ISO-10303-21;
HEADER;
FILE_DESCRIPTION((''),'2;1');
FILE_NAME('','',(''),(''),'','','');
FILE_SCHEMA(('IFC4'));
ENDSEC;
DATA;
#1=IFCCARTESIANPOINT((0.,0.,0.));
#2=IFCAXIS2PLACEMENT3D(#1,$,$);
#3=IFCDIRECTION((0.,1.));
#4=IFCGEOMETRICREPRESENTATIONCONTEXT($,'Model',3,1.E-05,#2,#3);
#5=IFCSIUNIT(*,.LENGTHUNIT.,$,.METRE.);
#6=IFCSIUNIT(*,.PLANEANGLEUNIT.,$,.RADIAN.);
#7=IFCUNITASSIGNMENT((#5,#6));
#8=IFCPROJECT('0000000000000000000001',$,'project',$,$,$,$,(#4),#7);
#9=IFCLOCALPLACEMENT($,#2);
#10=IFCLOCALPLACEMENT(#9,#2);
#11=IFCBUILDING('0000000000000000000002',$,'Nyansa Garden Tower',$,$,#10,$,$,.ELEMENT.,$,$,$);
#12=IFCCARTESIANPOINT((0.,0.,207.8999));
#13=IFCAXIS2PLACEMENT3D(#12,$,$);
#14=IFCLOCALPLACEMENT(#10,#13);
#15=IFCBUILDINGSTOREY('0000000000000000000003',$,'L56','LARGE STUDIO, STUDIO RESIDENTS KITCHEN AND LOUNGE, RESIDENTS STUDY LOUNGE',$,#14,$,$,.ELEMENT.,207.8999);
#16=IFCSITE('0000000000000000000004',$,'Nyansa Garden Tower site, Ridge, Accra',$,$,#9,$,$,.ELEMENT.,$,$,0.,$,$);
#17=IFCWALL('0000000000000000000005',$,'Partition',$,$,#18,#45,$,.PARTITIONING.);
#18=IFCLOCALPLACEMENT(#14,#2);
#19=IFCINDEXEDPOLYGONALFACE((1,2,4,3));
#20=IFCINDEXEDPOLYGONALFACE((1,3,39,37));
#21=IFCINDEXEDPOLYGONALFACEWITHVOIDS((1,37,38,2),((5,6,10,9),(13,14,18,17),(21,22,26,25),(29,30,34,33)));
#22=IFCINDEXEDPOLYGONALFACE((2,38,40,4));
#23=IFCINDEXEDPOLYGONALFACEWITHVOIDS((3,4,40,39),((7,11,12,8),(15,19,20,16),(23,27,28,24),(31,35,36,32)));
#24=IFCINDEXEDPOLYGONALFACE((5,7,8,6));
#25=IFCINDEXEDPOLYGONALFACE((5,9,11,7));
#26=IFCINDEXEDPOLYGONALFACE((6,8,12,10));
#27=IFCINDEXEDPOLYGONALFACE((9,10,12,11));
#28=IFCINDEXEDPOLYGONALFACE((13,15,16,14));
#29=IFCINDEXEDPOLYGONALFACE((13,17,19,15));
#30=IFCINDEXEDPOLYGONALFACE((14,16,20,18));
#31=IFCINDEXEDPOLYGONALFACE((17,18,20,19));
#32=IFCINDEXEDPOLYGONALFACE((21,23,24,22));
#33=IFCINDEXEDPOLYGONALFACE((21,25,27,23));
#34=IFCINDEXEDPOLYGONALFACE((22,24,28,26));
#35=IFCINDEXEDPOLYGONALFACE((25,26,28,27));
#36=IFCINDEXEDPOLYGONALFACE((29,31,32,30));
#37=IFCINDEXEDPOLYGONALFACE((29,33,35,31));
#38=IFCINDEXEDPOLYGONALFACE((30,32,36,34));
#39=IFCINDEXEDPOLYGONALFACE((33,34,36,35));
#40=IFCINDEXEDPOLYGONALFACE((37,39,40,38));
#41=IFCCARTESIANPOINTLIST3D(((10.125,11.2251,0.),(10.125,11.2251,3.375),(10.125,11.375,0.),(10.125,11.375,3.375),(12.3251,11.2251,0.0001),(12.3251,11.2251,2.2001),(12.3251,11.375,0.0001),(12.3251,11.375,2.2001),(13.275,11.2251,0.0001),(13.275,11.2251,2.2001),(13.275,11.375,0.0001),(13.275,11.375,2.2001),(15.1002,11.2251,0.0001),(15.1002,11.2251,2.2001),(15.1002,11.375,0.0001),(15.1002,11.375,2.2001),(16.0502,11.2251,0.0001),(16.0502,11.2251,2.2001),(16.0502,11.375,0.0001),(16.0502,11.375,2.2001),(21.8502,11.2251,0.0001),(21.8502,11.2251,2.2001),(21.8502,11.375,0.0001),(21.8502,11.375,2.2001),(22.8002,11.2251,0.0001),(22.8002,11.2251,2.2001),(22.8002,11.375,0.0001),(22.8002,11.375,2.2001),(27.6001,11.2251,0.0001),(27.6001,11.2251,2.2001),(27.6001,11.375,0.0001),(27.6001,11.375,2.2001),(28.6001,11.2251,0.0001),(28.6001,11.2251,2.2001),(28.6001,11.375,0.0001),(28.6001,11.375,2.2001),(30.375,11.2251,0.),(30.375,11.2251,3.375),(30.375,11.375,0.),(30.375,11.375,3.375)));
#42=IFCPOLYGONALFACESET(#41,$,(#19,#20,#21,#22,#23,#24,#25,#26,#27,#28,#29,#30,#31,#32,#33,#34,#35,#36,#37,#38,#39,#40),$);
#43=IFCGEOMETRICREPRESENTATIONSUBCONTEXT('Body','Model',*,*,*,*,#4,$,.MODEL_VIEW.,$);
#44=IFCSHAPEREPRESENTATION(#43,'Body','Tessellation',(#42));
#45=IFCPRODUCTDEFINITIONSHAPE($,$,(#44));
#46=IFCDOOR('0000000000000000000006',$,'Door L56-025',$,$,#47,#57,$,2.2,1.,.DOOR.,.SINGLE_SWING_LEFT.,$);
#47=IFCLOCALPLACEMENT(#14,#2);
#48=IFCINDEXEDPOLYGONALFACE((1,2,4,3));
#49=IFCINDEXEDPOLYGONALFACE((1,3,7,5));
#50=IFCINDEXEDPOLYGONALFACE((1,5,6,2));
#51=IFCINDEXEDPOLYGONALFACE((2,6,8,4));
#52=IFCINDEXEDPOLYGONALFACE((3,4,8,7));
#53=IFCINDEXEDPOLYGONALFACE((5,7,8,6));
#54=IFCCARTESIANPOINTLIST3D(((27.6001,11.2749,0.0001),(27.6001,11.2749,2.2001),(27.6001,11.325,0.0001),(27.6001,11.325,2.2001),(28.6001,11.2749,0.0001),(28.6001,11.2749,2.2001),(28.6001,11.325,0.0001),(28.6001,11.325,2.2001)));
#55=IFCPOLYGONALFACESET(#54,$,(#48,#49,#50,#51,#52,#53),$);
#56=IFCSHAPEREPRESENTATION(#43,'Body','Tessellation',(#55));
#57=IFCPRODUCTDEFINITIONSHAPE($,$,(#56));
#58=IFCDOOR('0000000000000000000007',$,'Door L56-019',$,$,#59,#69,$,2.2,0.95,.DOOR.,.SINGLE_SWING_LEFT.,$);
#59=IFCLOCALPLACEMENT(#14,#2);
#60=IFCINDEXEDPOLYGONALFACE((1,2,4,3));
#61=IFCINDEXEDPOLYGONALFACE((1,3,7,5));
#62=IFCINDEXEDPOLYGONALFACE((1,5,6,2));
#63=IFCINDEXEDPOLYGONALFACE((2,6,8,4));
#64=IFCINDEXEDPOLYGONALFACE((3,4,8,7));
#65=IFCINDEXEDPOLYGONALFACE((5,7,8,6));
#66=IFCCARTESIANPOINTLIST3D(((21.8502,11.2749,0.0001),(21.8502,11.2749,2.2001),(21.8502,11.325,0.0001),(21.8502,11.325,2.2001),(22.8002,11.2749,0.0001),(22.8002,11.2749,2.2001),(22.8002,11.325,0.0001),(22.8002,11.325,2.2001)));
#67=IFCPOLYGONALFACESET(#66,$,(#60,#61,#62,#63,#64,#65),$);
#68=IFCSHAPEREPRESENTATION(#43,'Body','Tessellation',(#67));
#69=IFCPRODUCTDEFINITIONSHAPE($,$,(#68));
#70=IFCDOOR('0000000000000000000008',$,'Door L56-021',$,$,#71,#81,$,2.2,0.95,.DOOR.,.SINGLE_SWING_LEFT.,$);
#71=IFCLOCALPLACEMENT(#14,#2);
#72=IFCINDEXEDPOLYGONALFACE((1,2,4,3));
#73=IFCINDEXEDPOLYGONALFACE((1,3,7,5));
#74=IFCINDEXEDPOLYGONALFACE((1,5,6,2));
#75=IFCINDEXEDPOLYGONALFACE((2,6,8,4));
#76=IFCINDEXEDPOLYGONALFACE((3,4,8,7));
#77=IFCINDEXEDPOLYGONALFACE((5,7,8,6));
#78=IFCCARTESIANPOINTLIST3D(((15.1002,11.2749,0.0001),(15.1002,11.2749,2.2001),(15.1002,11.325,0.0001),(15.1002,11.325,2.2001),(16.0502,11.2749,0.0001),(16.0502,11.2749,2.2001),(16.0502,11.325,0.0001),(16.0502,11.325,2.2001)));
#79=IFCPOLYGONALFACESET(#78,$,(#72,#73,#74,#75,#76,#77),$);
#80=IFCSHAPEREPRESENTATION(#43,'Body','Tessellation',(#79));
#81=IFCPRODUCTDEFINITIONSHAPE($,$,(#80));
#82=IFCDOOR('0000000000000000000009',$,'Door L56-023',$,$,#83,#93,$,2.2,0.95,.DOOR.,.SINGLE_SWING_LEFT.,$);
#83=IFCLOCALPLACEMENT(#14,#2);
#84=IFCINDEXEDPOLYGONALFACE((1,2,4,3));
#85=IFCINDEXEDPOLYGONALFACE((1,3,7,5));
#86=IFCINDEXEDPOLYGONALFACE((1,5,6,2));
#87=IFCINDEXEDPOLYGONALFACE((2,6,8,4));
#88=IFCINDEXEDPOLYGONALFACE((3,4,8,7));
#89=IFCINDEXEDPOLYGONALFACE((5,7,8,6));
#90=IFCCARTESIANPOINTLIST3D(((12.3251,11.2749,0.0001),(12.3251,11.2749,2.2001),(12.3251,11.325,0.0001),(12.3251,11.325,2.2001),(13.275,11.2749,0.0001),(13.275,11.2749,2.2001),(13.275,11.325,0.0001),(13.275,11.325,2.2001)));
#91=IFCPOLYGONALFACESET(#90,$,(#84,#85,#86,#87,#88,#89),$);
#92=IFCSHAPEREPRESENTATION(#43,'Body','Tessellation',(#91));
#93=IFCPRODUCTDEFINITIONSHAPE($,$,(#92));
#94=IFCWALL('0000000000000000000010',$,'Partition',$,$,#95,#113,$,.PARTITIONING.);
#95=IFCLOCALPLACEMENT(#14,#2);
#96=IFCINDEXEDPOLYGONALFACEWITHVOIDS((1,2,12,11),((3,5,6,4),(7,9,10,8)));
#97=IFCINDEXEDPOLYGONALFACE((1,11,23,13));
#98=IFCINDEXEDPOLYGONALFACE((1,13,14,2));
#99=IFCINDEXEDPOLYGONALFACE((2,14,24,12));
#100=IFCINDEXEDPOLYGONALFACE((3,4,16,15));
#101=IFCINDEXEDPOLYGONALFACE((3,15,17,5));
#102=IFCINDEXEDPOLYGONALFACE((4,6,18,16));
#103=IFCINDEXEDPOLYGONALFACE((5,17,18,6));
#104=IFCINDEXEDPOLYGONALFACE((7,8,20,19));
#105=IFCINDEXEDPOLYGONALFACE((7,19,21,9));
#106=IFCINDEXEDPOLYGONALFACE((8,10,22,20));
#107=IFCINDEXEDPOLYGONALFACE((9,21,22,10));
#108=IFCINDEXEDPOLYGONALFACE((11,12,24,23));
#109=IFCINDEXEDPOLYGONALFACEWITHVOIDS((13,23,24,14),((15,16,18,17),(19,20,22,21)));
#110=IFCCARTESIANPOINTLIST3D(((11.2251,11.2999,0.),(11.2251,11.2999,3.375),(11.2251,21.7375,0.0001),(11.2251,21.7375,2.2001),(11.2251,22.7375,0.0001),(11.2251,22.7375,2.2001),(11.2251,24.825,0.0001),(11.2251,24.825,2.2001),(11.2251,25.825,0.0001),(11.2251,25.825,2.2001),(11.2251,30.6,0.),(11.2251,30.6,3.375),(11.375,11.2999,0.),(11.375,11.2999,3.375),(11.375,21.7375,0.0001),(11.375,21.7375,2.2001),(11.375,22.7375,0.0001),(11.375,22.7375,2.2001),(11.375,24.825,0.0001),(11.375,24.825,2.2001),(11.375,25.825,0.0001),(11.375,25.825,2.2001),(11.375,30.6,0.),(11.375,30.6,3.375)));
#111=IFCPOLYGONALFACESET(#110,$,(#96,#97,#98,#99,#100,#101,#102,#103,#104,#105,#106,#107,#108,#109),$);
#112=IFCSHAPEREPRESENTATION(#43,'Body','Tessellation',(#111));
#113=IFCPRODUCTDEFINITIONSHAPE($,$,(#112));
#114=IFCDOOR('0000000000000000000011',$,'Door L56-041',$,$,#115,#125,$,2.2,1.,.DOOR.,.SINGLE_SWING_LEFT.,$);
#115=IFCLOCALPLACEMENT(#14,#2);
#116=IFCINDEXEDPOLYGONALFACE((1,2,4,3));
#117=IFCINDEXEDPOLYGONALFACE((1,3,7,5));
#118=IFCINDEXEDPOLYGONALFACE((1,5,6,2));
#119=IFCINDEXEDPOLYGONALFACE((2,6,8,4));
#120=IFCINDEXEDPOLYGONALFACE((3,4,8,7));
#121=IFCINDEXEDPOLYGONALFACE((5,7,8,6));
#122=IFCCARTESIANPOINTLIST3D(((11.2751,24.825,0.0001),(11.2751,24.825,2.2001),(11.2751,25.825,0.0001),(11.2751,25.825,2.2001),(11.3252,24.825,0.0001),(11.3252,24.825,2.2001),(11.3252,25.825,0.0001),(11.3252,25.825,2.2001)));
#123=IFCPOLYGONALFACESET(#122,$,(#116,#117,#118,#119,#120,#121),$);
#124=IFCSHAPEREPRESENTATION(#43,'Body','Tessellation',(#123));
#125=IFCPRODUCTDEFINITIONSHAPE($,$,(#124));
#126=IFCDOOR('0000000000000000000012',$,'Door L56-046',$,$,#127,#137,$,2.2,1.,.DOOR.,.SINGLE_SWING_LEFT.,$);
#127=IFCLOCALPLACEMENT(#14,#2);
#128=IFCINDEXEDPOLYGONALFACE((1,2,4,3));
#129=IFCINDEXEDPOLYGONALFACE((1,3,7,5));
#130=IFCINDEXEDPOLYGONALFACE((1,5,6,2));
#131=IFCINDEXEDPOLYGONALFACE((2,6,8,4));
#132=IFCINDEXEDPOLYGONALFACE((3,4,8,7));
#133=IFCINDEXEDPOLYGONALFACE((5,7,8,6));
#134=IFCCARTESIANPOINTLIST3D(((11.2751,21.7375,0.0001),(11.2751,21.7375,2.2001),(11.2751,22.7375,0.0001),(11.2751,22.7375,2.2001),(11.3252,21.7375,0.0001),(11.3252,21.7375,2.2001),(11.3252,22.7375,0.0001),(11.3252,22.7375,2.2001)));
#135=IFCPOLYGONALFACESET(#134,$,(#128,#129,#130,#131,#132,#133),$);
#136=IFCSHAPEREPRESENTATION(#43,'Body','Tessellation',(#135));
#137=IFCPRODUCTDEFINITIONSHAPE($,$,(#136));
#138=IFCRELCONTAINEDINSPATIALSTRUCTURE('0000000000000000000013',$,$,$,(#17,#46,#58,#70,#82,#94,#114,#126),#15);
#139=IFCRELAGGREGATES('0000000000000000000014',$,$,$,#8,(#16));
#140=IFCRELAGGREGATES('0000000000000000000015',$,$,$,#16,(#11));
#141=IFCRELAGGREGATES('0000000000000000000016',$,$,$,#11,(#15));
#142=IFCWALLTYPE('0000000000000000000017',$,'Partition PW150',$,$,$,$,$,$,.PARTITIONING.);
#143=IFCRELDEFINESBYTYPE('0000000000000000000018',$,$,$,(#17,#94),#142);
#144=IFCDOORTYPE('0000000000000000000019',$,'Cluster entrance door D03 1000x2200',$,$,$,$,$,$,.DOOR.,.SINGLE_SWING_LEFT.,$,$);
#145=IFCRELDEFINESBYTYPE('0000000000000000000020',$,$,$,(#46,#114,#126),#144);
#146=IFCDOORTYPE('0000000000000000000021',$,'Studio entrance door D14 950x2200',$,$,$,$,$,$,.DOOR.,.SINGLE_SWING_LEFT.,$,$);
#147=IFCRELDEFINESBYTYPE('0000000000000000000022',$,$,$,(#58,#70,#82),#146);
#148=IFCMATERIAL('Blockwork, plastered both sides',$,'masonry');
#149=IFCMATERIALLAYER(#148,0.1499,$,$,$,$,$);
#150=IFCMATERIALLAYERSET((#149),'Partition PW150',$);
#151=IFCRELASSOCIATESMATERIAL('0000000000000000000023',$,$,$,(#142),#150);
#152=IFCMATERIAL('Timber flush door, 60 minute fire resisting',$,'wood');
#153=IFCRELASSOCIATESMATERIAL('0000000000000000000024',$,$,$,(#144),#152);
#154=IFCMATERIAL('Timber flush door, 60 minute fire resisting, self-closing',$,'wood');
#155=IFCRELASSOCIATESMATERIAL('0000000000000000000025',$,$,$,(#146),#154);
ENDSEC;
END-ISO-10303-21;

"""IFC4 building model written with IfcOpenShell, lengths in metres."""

from ifc_helpers import new_model, si_unit, direction, frame, frame_2d, origin, place, context, subcontext, project, spatial, rectangle, extrude, material, layer, layer_set, type_object, element, fill, save


model = new_model("IFC4")

# Units and contexts
model_context = context("Model", 3, precision=1e-05, world=origin(), true_north=direction((0.0, 1.0)))
body_context = subcontext(model_context, "Body", "Model", "MODEL_VIEW")
ifc_project = project(units=[si_unit("LENGTHUNIT", "METRE"), si_unit("PLANEANGLEUNIT", "RADIAN")], contexts=[model_context])

# Site, building, storey
site_placement = place(None, origin())
site = spatial("IfcSite", under=ifc_project, at=site_placement, Name="Nyansa Garden Tower site, Ridge, Accra", CompositionType="ELEMENT", RefElevation=0.0)
building_placement = place(site_placement, origin())
building = spatial("IfcBuilding", under=site, at=building_placement, Name="Nyansa Garden Tower", CompositionType="ELEMENT")
storey_placement = place(building_placement, frame((0.0, 0.0, 207.8999)))
storey = spatial("IfcBuildingStorey", under=building, at=storey_placement, Name="L56", Description="LARGE STUDIO, STUDIO RESIDENTS KITCHEN AND LOUNGE, RESIDENTS STUDY LOUNGE", CompositionType="ELEMENT", Elevation=207.8999)

# Walls, openings, doors
ifc_material_1 = material(Name="Blockwork, plastered both sides", Category="masonry")
ifc_layer_1 = layer(ifc_material_1, 0.1499)
ifc_layer_set_1 = layer_set([ifc_layer_1], Name="Partition PW150")
wall_type_1 = type_object("IfcWallType", Name="Partition PW150", PredefinedType="PARTITIONING", material=ifc_layer_set_1)
wall_1_placement = place(storey_placement, frame((10.125, 11.3, 0.0), z_axis=(0.0, 0.0, 1.0), x_axis=(1.0, 0.0, 0.0)))
wall_1 = element("IfcWall", 1, at=wall_1_placement, inside=storey, type_object=wall_type_1, Name="Partition", PredefinedType="PARTITIONING", context=body_context, shape_type="SweptSolid", body=[
    extrude(rectangle(XDim=20.25, YDim=0.1499, at=frame_2d((10.125, 0.0))), origin(), (0.0, 0.0, 1.0), 3.375),
])
opening_1_placement = place(wall_1_placement, frame((11.7251, 0.0, 0.0)))
opening_1 = element("IfcOpeningElement", 2, at=opening_1_placement, cuts=wall_1, PredefinedType="OPENING", context=body_context, shape_type="SweptSolid", body=[
    extrude(rectangle(XDim=0.95, YDim=2.2, at=frame_2d((0.4751, 1.1001))), frame((0.0, 0.085, 0.0), z_axis=(0.0, -1.0, 0.0), x_axis=(1.0, 0.0, 0.0)), (0.0, 0.0, 1.0), 0.1699),
])
opening_2_placement = place(wall_1_placement, frame((4.9751, 0.0, 0.0)))
opening_2 = element("IfcOpeningElement", 3, at=opening_2_placement, cuts=wall_1, PredefinedType="OPENING", context=body_context, shape_type="SweptSolid", body=[
    extrude(rectangle(XDim=0.95, YDim=2.2, at=frame_2d((0.4751, 1.1001))), frame((0.0, 0.085, 0.0), z_axis=(0.0, -1.0, 0.0), x_axis=(1.0, 0.0, 0.0)), (0.0, 0.0, 1.0), 0.1699),
])
opening_3_placement = place(wall_1_placement, frame((2.2, 0.0, 0.0)))
opening_3 = element("IfcOpeningElement", 4, at=opening_3_placement, cuts=wall_1, PredefinedType="OPENING", context=body_context, shape_type="SweptSolid", body=[
    extrude(rectangle(XDim=0.95, YDim=2.2, at=frame_2d((0.4751, 1.1001))), frame((0.0, 0.085, 0.0), z_axis=(0.0, -1.0, 0.0), x_axis=(1.0, 0.0, 0.0)), (0.0, 0.0, 1.0), 0.1699),
])
opening_4_placement = place(wall_1_placement, frame((17.4751, 0.0, 0.0)))
opening_4 = element("IfcOpeningElement", 5, at=opening_4_placement, cuts=wall_1, PredefinedType="OPENING", context=body_context, shape_type="SweptSolid", body=[
    extrude(rectangle(XDim=1.0, YDim=2.2, at=frame_2d((0.5, 1.1001))), frame((0.0, 0.085, 0.0), z_axis=(0.0, -1.0, 0.0), x_axis=(1.0, 0.0, 0.0)), (0.0, 0.0, 1.0), 0.1699),
])
ifc_material_2 = material(Name="Timber flush door, 60 minute fire resisting", Category="wood")
door_type_1 = type_object("IfcDoorType", Name="Cluster entrance door D03 1000x2200", OperationType="SINGLE_SWING_LEFT", PredefinedType="DOOR", material=ifc_material_2)
door_1_placement = place(opening_4_placement, origin())
door_1 = element("IfcDoor", 6, at=door_1_placement, inside=storey, type_object=door_type_1, Name="Door L56-025", OperationType="SINGLE_SWING_LEFT", OverallHeight=2.2, OverallWidth=1.0, PredefinedType="DOOR", context=body_context, shape_type="SweptSolid", body=[
    extrude(rectangle(XDim=1.0, YDim=2.2, at=frame_2d((0.5, 1.1001))), frame((0.0, 0.0249, 0.0), z_axis=(0.0, -1.0, 0.0), x_axis=(1.0, 0.0, 0.0)), (0.0, 0.0, 1.0), 0.05),
])
fill(opening_4, door_1)
ifc_material_3 = material(Name="Timber flush door, 60 minute fire resisting, self-closing", Category="wood")
door_type_2 = type_object("IfcDoorType", Name="Studio entrance door D14 950x2200", OperationType="SINGLE_SWING_LEFT", PredefinedType="DOOR", material=ifc_material_3)
door_2_placement = place(opening_1_placement, origin())
door_2 = element("IfcDoor", 7, at=door_2_placement, inside=storey, type_object=door_type_2, Name="Door L56-019", OperationType="SINGLE_SWING_LEFT", OverallHeight=2.2, OverallWidth=0.95, PredefinedType="DOOR", context=body_context, shape_type="SweptSolid", body=[
    extrude(rectangle(XDim=0.95, YDim=2.2, at=frame_2d((0.4751, 1.1001))), frame((0.0, 0.0249, 0.0), z_axis=(0.0, -1.0, 0.0), x_axis=(1.0, 0.0, 0.0)), (0.0, 0.0, 1.0), 0.05),
])
fill(opening_1, door_2)
door_3_placement = place(opening_2_placement, origin())
door_3 = element("IfcDoor", 8, at=door_3_placement, inside=storey, type_object=door_type_2, Name="Door L56-021", OperationType="SINGLE_SWING_LEFT", OverallHeight=2.2, OverallWidth=0.95, PredefinedType="DOOR", context=body_context, shape_type="SweptSolid", body=[
    extrude(rectangle(XDim=0.95, YDim=2.2, at=frame_2d((0.4751, 1.1001))), frame((0.0, 0.0249, 0.0), z_axis=(0.0, -1.0, 0.0), x_axis=(1.0, 0.0, 0.0)), (0.0, 0.0, 1.0), 0.05),
])
fill(opening_2, door_3)
door_4_placement = place(opening_3_placement, origin())
door_4 = element("IfcDoor", 9, at=door_4_placement, inside=storey, type_object=door_type_2, Name="Door L56-023", OperationType="SINGLE_SWING_LEFT", OverallHeight=2.2, OverallWidth=0.95, PredefinedType="DOOR", context=body_context, shape_type="SweptSolid", body=[
    extrude(rectangle(XDim=0.95, YDim=2.2, at=frame_2d((0.4751, 1.1001))), frame((0.0, 0.0249, 0.0), z_axis=(0.0, -1.0, 0.0), x_axis=(1.0, 0.0, 0.0)), (0.0, 0.0, 1.0), 0.05),
])
fill(opening_3, door_4)
wall_2_placement = place(storey_placement, frame((11.3, 11.3, 0.0), z_axis=(0.0, 0.0, 1.0), x_axis=(0.0, 1.0, 0.0)))
wall_2 = element("IfcWall", 10, at=wall_2_placement, inside=storey, type_object=wall_type_1, Name="Partition", PredefinedType="PARTITIONING", context=body_context, shape_type="SweptSolid", body=[
    extrude(rectangle(XDim=19.3, YDim=0.1499, at=frame_2d((9.6499, 0.0))), origin(), (0.0, 0.0, 1.0), 3.375),
])
opening_5_placement = place(wall_2_placement, frame((13.5249, 0.0, 0.0)))
opening_5 = element("IfcOpeningElement", 11, at=opening_5_placement, cuts=wall_2, PredefinedType="OPENING", context=body_context, shape_type="SweptSolid", body=[
    extrude(rectangle(XDim=1.0, YDim=2.2, at=frame_2d((0.5, 1.1001))), frame((0.0, 0.085, 0.0), z_axis=(0.0, -1.0, 0.0), x_axis=(1.0, 0.0, 0.0)), (0.0, 0.0, 1.0), 0.1699),
])
opening_6_placement = place(wall_2_placement, frame((10.4375, 0.0, 0.0)))
opening_6 = element("IfcOpeningElement", 12, at=opening_6_placement, cuts=wall_2, PredefinedType="OPENING", context=body_context, shape_type="SweptSolid", body=[
    extrude(rectangle(XDim=1.0, YDim=2.2, at=frame_2d((0.5, 1.1001))), frame((0.0, 0.085, 0.0), z_axis=(0.0, -1.0, 0.0), x_axis=(1.0, 0.0, 0.0)), (0.0, 0.0, 1.0), 0.1699),
])
door_5_placement = place(opening_5_placement, origin())
door_5 = element("IfcDoor", 13, at=door_5_placement, inside=storey, type_object=door_type_1, Name="Door L56-041", OperationType="SINGLE_SWING_LEFT", OverallHeight=2.2, OverallWidth=1.0, PredefinedType="DOOR", context=body_context, shape_type="SweptSolid", body=[
    extrude(rectangle(XDim=1.0, YDim=2.2, at=frame_2d((0.5, 1.1001))), frame((0.0, 0.0249, 0.0), z_axis=(0.0, -1.0, 0.0), x_axis=(1.0, 0.0, 0.0)), (0.0, 0.0, 1.0), 0.05),
])
fill(opening_5, door_5)
door_6_placement = place(opening_6_placement, origin())
door_6 = element("IfcDoor", 14, at=door_6_placement, inside=storey, type_object=door_type_1, Name="Door L56-046", OperationType="SINGLE_SWING_LEFT", OverallHeight=2.2, OverallWidth=1.0, PredefinedType="DOOR", context=body_context, shape_type="SweptSolid", body=[
    extrude(rectangle(XDim=1.0, YDim=2.2, at=frame_2d((0.5, 1.1001))), frame((0.0, 0.0249, 0.0), z_axis=(0.0, -1.0, 0.0), x_axis=(1.0, 0.0, 0.0)), (0.0, 0.0, 1.0), 0.05),
])
fill(opening_6, door_6)

save(model, "model.ifc")
